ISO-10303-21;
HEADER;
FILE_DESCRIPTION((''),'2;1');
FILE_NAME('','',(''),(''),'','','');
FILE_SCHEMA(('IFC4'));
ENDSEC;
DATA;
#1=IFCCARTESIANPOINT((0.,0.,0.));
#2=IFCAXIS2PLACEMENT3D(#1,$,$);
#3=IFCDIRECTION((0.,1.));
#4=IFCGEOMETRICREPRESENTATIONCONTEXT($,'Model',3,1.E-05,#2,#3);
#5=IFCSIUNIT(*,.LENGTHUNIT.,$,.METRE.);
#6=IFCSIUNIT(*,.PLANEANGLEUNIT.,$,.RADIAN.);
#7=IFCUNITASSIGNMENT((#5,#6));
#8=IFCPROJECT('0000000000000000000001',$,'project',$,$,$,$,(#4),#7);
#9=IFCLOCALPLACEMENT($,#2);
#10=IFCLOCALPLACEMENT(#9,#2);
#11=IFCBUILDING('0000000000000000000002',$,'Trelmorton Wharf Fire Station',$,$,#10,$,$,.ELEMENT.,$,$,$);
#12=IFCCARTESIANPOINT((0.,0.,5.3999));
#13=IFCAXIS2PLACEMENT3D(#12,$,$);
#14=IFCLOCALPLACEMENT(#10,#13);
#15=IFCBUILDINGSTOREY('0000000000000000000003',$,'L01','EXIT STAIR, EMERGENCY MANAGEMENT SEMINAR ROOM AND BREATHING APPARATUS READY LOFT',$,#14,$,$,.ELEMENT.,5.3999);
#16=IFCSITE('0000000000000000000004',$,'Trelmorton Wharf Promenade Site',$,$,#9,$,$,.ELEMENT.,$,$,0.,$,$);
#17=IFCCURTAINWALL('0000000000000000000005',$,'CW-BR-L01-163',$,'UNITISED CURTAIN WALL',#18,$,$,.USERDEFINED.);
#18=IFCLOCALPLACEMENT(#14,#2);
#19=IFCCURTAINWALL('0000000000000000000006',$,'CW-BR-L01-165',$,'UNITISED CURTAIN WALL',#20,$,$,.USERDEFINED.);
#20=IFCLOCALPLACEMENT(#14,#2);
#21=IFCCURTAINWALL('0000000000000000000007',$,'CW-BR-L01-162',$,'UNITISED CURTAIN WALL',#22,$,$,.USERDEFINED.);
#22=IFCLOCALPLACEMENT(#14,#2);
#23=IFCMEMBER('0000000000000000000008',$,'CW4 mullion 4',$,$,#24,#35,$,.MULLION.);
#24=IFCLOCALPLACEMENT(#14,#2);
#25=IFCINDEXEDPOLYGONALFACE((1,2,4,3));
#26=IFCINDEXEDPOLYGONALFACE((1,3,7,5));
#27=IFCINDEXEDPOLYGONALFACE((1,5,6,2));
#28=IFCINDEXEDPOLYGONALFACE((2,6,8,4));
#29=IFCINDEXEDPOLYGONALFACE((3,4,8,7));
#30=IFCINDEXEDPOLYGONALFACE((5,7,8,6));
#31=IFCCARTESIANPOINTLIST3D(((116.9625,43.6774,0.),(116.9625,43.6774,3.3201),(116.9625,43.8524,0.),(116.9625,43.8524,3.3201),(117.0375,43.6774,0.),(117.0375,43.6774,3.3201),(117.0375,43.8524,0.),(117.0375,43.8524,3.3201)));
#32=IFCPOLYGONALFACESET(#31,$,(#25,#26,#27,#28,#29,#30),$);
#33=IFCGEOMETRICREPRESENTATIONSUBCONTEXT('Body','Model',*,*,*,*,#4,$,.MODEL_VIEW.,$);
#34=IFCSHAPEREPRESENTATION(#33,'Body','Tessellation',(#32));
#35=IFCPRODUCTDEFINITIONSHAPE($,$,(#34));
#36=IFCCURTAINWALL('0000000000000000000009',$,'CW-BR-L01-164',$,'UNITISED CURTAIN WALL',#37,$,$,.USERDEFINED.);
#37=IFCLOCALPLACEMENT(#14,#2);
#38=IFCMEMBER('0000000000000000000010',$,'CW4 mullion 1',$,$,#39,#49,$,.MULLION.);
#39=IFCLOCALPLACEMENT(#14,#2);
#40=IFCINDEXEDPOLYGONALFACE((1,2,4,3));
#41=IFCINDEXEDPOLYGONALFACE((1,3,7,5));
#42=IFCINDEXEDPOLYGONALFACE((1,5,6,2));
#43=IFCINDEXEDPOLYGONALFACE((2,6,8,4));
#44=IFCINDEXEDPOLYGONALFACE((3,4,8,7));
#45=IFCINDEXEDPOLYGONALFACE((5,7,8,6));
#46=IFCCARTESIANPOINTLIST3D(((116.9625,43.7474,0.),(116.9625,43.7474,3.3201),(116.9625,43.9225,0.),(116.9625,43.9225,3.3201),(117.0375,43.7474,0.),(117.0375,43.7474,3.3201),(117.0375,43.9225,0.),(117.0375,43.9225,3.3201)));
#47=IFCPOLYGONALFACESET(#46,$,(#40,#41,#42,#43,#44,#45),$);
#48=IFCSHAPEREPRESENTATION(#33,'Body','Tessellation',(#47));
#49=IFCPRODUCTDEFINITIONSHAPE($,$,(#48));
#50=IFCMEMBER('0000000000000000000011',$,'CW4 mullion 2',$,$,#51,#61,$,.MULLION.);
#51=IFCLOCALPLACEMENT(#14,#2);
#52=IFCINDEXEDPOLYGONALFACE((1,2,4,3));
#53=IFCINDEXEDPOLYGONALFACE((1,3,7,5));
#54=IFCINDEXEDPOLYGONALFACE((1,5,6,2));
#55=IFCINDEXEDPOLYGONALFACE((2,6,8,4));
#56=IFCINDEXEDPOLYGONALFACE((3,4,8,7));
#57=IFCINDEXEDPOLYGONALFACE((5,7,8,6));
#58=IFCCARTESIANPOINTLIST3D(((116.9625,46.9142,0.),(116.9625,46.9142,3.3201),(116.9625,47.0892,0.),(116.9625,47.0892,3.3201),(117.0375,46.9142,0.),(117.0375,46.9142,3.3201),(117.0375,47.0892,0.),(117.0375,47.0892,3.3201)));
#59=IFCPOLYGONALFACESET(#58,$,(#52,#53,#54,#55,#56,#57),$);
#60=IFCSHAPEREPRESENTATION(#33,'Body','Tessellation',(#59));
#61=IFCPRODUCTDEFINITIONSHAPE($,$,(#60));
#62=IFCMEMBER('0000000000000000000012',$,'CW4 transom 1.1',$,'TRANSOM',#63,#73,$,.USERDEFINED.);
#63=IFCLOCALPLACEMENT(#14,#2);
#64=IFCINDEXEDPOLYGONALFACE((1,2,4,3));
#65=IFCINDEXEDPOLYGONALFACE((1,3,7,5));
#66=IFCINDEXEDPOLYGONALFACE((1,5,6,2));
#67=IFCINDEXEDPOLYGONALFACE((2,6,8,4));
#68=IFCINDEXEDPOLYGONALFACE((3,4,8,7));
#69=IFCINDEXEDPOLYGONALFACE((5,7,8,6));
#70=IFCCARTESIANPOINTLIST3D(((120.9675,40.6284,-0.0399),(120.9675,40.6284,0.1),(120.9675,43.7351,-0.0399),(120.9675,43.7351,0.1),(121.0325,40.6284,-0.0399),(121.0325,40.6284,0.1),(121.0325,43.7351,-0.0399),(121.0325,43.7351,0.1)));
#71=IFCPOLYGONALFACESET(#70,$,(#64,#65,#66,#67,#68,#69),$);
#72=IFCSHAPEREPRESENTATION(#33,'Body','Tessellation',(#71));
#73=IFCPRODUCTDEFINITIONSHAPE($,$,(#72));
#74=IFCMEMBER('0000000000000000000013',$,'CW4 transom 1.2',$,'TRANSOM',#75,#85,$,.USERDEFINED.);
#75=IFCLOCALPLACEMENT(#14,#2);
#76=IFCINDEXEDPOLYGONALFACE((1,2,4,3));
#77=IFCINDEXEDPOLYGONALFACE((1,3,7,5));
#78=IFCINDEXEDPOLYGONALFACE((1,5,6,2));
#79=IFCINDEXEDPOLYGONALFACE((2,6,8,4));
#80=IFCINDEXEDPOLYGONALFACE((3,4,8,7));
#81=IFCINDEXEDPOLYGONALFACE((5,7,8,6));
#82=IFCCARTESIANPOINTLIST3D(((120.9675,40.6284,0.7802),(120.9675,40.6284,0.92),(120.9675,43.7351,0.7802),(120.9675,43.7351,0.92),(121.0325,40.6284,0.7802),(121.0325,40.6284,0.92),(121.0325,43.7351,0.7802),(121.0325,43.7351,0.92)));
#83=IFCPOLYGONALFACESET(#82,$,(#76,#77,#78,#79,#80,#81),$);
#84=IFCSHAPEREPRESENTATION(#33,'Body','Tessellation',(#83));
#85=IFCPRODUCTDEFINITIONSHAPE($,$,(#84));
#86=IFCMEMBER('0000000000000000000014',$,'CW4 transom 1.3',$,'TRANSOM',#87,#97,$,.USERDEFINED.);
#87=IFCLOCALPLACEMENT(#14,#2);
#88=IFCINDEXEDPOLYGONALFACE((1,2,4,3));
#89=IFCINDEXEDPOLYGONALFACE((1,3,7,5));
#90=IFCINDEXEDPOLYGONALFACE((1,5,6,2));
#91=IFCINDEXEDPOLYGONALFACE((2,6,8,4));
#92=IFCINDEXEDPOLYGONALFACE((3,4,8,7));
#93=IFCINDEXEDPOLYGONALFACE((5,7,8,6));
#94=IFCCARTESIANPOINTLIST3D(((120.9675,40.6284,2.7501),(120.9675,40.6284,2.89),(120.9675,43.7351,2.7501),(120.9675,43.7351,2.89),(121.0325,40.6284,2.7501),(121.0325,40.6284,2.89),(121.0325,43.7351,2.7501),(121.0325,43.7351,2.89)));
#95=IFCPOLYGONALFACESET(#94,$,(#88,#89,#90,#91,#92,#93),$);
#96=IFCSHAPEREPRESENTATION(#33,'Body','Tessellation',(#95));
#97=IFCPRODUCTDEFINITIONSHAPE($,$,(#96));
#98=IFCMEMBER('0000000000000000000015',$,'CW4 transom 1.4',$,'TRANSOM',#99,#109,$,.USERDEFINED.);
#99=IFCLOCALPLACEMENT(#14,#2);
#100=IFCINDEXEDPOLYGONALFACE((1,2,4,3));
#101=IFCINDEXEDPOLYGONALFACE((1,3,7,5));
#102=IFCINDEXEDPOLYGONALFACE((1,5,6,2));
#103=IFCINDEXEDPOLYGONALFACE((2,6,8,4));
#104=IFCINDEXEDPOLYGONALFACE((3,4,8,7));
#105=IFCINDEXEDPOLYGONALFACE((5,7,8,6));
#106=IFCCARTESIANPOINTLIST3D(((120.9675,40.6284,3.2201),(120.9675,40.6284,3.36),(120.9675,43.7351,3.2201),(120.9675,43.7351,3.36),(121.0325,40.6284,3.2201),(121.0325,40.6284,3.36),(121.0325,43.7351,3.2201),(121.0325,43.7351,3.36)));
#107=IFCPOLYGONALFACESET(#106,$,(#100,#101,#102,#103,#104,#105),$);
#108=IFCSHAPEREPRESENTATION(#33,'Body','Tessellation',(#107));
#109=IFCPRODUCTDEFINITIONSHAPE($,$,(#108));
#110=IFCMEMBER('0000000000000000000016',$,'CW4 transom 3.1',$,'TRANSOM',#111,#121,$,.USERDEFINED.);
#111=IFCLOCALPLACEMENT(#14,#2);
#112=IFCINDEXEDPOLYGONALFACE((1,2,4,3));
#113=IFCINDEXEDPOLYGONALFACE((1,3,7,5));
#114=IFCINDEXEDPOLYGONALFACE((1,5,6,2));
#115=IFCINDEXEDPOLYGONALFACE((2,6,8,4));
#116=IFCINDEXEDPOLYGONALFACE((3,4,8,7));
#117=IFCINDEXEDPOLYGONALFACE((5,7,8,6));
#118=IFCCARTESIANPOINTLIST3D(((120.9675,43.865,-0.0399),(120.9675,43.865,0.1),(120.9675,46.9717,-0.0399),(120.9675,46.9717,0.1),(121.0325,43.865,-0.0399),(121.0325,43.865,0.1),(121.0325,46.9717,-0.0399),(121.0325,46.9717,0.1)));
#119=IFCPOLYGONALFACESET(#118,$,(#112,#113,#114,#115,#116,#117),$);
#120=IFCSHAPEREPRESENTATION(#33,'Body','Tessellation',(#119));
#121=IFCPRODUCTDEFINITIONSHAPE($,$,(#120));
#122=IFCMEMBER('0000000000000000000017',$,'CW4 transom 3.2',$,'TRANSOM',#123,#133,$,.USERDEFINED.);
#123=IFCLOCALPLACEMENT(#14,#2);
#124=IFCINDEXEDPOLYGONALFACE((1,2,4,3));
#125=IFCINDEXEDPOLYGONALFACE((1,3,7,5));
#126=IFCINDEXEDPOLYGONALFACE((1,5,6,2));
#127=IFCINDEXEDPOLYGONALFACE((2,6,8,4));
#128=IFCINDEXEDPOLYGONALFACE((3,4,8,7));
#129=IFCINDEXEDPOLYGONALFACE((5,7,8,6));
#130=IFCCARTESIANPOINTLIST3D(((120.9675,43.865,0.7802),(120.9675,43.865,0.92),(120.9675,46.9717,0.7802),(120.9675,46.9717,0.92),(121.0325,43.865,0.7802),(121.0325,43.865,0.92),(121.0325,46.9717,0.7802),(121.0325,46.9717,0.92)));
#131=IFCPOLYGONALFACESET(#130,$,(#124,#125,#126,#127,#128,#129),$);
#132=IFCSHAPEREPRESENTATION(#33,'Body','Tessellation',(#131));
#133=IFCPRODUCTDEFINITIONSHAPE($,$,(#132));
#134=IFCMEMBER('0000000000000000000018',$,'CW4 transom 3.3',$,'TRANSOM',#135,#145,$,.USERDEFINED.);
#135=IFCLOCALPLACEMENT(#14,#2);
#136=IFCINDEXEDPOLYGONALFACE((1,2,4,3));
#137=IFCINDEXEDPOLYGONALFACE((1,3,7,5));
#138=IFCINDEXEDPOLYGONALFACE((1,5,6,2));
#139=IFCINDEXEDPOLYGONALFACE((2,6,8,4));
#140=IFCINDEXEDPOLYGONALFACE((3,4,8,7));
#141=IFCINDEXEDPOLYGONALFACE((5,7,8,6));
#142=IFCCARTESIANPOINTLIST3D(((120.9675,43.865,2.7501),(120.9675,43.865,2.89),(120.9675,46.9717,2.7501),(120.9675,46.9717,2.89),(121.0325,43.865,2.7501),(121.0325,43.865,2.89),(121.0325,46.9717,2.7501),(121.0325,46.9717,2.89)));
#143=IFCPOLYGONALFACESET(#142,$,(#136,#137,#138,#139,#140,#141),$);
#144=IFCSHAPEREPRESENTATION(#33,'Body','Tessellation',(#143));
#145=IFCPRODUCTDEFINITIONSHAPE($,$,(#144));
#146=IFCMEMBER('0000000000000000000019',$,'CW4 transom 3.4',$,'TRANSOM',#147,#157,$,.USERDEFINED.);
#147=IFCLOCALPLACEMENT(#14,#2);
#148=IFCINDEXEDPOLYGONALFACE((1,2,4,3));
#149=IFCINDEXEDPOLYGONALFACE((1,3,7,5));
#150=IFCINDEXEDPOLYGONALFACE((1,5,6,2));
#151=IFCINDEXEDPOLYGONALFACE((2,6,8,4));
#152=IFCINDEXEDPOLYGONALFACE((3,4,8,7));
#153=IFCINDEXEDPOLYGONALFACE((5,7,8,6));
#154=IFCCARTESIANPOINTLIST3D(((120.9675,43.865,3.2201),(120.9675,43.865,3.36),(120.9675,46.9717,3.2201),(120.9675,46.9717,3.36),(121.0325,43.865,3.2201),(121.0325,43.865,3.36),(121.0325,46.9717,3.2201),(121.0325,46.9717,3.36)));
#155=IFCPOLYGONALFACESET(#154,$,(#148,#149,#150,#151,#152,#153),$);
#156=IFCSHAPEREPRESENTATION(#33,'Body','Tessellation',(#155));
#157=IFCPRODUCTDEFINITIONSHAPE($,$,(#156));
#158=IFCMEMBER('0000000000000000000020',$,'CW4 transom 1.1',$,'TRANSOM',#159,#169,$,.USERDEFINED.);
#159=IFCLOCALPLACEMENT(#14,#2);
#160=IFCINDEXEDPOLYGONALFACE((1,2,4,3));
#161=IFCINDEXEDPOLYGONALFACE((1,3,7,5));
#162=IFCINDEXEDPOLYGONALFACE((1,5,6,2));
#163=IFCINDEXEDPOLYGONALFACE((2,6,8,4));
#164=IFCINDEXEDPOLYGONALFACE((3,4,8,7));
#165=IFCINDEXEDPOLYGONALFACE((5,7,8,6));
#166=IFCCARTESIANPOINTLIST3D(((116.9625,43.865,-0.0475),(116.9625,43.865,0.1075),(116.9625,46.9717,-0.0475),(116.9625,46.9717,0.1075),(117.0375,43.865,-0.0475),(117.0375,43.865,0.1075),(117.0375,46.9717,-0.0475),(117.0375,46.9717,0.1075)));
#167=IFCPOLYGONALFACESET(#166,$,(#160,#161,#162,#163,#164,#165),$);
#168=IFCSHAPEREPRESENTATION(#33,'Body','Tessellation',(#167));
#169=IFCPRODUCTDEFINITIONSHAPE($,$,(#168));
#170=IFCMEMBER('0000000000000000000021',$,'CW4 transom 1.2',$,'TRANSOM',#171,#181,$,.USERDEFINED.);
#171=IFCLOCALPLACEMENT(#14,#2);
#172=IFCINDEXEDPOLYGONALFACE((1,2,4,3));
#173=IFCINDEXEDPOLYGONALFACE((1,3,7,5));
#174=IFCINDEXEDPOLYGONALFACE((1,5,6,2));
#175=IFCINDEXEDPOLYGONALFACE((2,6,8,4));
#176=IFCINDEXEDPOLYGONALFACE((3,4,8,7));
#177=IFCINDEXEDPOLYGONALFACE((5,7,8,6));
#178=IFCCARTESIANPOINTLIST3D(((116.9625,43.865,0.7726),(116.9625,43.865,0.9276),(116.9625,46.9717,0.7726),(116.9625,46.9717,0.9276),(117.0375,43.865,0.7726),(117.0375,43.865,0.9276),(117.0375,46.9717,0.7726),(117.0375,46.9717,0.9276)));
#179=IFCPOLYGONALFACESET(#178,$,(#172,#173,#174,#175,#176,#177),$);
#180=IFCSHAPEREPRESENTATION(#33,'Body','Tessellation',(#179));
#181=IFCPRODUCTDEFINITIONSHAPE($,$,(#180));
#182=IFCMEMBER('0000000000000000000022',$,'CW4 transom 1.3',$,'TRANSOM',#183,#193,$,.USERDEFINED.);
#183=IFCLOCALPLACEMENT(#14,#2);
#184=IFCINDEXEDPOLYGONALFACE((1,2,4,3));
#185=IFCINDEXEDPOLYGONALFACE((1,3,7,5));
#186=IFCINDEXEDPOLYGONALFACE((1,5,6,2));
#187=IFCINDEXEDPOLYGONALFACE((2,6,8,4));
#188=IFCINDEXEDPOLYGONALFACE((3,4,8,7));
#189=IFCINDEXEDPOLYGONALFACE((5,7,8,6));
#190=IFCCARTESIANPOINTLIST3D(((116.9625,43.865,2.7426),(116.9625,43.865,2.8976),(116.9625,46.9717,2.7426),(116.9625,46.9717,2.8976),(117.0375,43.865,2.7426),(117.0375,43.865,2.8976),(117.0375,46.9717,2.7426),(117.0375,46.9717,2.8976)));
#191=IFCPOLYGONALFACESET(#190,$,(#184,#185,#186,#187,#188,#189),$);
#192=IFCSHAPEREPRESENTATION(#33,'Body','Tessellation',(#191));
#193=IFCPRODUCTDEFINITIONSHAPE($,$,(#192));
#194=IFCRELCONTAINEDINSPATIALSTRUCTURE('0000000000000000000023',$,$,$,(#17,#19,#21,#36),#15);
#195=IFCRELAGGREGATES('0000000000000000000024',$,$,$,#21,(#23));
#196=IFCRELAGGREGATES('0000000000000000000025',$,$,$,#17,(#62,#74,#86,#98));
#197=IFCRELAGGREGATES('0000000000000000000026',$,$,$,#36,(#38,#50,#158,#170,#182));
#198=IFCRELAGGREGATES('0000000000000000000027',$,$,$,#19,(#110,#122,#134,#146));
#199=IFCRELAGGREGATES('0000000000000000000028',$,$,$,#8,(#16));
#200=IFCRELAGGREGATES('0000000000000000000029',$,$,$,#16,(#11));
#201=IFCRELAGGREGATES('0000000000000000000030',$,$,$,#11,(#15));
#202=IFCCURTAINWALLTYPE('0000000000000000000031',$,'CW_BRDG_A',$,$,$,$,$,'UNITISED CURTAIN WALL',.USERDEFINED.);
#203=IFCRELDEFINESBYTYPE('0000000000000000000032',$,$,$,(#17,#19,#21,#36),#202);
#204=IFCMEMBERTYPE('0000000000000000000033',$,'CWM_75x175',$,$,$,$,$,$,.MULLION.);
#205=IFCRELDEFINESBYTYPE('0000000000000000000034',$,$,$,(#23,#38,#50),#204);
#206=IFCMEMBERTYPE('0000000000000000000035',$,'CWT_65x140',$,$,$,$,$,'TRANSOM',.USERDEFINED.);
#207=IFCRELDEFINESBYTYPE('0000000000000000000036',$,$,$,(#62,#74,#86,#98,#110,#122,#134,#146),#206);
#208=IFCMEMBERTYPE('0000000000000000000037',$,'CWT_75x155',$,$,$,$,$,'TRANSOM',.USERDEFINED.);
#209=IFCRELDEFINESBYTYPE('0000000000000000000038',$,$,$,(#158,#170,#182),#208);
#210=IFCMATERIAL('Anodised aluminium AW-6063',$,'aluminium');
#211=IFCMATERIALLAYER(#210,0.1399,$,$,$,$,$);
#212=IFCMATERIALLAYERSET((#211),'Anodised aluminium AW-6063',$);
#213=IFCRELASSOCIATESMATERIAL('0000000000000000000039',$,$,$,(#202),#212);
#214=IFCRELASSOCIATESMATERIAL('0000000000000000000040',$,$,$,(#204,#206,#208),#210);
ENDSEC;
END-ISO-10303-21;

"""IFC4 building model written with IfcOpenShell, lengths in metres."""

from ifc_helpers import new_model, si_unit, direction, frame, origin, origin_2d, place, context, subcontext, project, spatial, rectangle, extrude, material, layer, layer_set, material_profile, profile_set, type_object, element, aggregate, save


model = new_model("IFC4")

# Units and contexts
model_context = context("Model", 3, precision=1e-05, world=origin(), true_north=direction((0.0, 1.0)))
body_context = subcontext(model_context, "Body", "Model", "MODEL_VIEW")
ifc_project = project(units=[si_unit("LENGTHUNIT", "METRE"), si_unit("PLANEANGLEUNIT", "RADIAN")], contexts=[model_context])

# Site, building, storey
site_placement = place(None, origin())
site = spatial("IfcSite", under=ifc_project, at=site_placement, Name="Trelmorton Wharf Promenade Site", CompositionType="ELEMENT", RefElevation=0.0)
building_placement = place(site_placement, origin())
building = spatial("IfcBuilding", under=site, at=building_placement, Name="Trelmorton Wharf Fire Station", CompositionType="ELEMENT")
storey_placement = place(building_placement, frame((0.0, 0.0, 5.3999)))
storey = spatial("IfcBuildingStorey", under=building, at=storey_placement, Name="L01", Description="EXIT STAIR, EMERGENCY MANAGEMENT SEMINAR ROOM AND BREATHING APPARATUS READY LOFT", CompositionType="ELEMENT", Elevation=5.3999)

# Curtain wall
ifc_material_1 = material(Name="Anodised aluminium AW-6063", Category="aluminium")
ifc_layer_1 = layer(ifc_material_1, 0.1399)
ifc_layer_set_1 = layer_set([ifc_layer_1], Name="Anodised aluminium AW-6063")
curtain_wall_type = type_object("IfcCurtainWallType", Name="CW_BRDG_A", ElementType="UNITISED CURTAIN WALL", PredefinedType="USERDEFINED", material=ifc_layer_set_1)
curtain_wall_1_placement = place(storey_placement, origin())
curtain_wall_1 = element("IfcCurtainWall", 1, at=curtain_wall_1_placement, inside=storey, type_object=curtain_wall_type, Name="CW-BR-L01-163", ObjectType="UNITISED CURTAIN WALL", PredefinedType="USERDEFINED")

# Curtain wall
curtain_wall_2_placement = place(storey_placement, origin())
curtain_wall_2 = element("IfcCurtainWall", 2, at=curtain_wall_2_placement, inside=storey, type_object=curtain_wall_type, Name="CW-BR-L01-165", ObjectType="UNITISED CURTAIN WALL", PredefinedType="USERDEFINED")

# Curtain wall, member
curtain_wall_3_placement = place(storey_placement, origin())
curtain_wall_3 = element("IfcCurtainWall", 3, at=curtain_wall_3_placement, inside=storey, type_object=curtain_wall_type, Name="CW-BR-L01-162", ObjectType="UNITISED CURTAIN WALL", PredefinedType="USERDEFINED")
ifc_material_profile_1 = material_profile(ifc_material_1, rectangle(XDim=0.075, YDim=0.175, at=origin_2d()), Name="ALU-75x175")
ifc_profile_set_1 = profile_set([ifc_material_profile_1], Name="Anodised aluminium AW-6063")
member_type_1 = type_object("IfcMemberType", Name="CWM_75x175", PredefinedType="MULLION", material=ifc_profile_set_1)
member_1_placement = place(storey_placement, frame((117.0, 43.7649, 0.0), z_axis=(0.0, 0.0, 1.0), x_axis=(-1.0, 0.0, 0.0)))
member_1 = element("IfcMember", 4, at=member_1_placement, type_object=member_type_1, Name="CW4 mullion 4", PredefinedType="MULLION", context=body_context, shape_type="SweptSolid", body=[
    extrude(rectangle(XDim=0.075, YDim=0.175, at=origin_2d()), origin(), (0.0, 0.0, 1.0), 3.3201),
])
aggregate(curtain_wall_3, [member_1])

# Curtain wall, members
curtain_wall_4_placement = place(storey_placement, origin())
curtain_wall_4 = element("IfcCurtainWall", 5, at=curtain_wall_4_placement, inside=storey, type_object=curtain_wall_type, Name="CW-BR-L01-164", ObjectType="UNITISED CURTAIN WALL", PredefinedType="USERDEFINED")
member_2_placement = place(storey_placement, frame((117.0, 43.835, 0.0), z_axis=(0.0, 0.0, 1.0), x_axis=(-1.0, 0.0, 0.0)))
member_2 = element("IfcMember", 6, at=member_2_placement, type_object=member_type_1, Name="CW4 mullion 1", PredefinedType="MULLION", context=body_context, shape_type="SweptSolid", body=[
    extrude(rectangle(XDim=0.075, YDim=0.175, at=origin_2d()), origin(), (0.0, 0.0, 1.0), 3.3201),
])
member_3_placement = place(storey_placement, frame((117.0, 47.0017, 0.0), z_axis=(0.0, 0.0, 1.0), x_axis=(-1.0, 0.0, 0.0)))
member_3 = element("IfcMember", 7, at=member_3_placement, type_object=member_type_1, Name="CW4 mullion 2", PredefinedType="MULLION", context=body_context, shape_type="SweptSolid", body=[
    extrude(rectangle(XDim=0.075, YDim=0.175, at=origin_2d()), origin(), (0.0, 0.0, 1.0), 3.3201),
])

# Members
ifc_material_profile_2 = material_profile(ifc_material_1, rectangle(XDim=0.0649, YDim=0.1399, at=origin_2d()), Name="ALU-65x140")
ifc_profile_set_2 = profile_set([ifc_material_profile_2], Name="Anodised aluminium AW-6063")
member_type_2 = type_object("IfcMemberType", Name="CWT_65x140", ElementType="TRANSOM", PredefinedType="USERDEFINED", material=ifc_profile_set_2)
member_4_placement = place(storey_placement, frame((121.0, 43.7351, 0.03), z_axis=(0.0, -1.0, 0.0), x_axis=(1.0, 0.0, 0.0)))
member_4 = element("IfcMember", 8, at=member_4_placement, type_object=member_type_2, Name="CW4 transom 1.1", ObjectType="TRANSOM", PredefinedType="USERDEFINED", context=body_context, shape_type="SweptSolid", body=[
    extrude(rectangle(XDim=0.0649, YDim=0.1399, at=origin_2d()), origin(), (0.0, 0.0, 1.0), 3.1067),
])
member_5_placement = place(storey_placement, frame((121.0, 43.7351, 0.8501), z_axis=(0.0, -1.0, 0.0), x_axis=(1.0, 0.0, 0.0)))
member_5 = element("IfcMember", 9, at=member_5_placement, type_object=member_type_2, Name="CW4 transom 1.2", ObjectType="TRANSOM", PredefinedType="USERDEFINED", context=body_context, shape_type="SweptSolid", body=[
    extrude(rectangle(XDim=0.0649, YDim=0.1399, at=origin_2d()), origin(), (0.0, 0.0, 1.0), 3.1067),
])
member_6_placement = place(storey_placement, frame((121.0, 43.7351, 2.8201), z_axis=(0.0, -1.0, 0.0), x_axis=(1.0, 0.0, 0.0)))
member_6 = element("IfcMember", 10, at=member_6_placement, type_object=member_type_2, Name="CW4 transom 1.3", ObjectType="TRANSOM", PredefinedType="USERDEFINED", context=body_context, shape_type="SweptSolid", body=[
    extrude(rectangle(XDim=0.0649, YDim=0.1399, at=origin_2d()), origin(), (0.0, 0.0, 1.0), 3.1067),
])
member_7_placement = place(storey_placement, frame((121.0, 43.7351, 3.29), z_axis=(0.0, -1.0, 0.0), x_axis=(1.0, 0.0, 0.0)))
member_7 = element("IfcMember", 11, at=member_7_placement, type_object=member_type_2, Name="CW4 transom 1.4", ObjectType="TRANSOM", PredefinedType="USERDEFINED", context=body_context, shape_type="SweptSolid", body=[
    extrude(rectangle(XDim=0.0649, YDim=0.1399, at=origin_2d()), origin(), (0.0, 0.0, 1.0), 3.1067),
])
aggregate(curtain_wall_1, [member_4, member_5, member_6, member_7])
member_8_placement = place(storey_placement, frame((121.0, 46.9717, 0.03), z_axis=(0.0, -1.0, 0.0), x_axis=(1.0, 0.0, 0.0)))
member_8 = element("IfcMember", 12, at=member_8_placement, type_object=member_type_2, Name="CW4 transom 3.1", ObjectType="TRANSOM", PredefinedType="USERDEFINED", context=body_context, shape_type="SweptSolid", body=[
    extrude(rectangle(XDim=0.0649, YDim=0.1399, at=origin_2d()), origin(), (0.0, 0.0, 1.0), 3.1067),
])
member_9_placement = place(storey_placement, frame((121.0, 46.9717, 0.8501), z_axis=(0.0, -1.0, 0.0), x_axis=(1.0, 0.0, 0.0)))
member_9 = element("IfcMember", 13, at=member_9_placement, type_object=member_type_2, Name="CW4 transom 3.2", ObjectType="TRANSOM", PredefinedType="USERDEFINED", context=body_context, shape_type="SweptSolid", body=[
    extrude(rectangle(XDim=0.0649, YDim=0.1399, at=origin_2d()), origin(), (0.0, 0.0, 1.0), 3.1067),
])
member_10_placement = place(storey_placement, frame((121.0, 46.9717, 2.8201), z_axis=(0.0, -1.0, 0.0), x_axis=(1.0, 0.0, 0.0)))
member_10 = element("IfcMember", 14, at=member_10_placement, type_object=member_type_2, Name="CW4 transom 3.3", ObjectType="TRANSOM", PredefinedType="USERDEFINED", context=body_context, shape_type="SweptSolid", body=[
    extrude(rectangle(XDim=0.0649, YDim=0.1399, at=origin_2d()), origin(), (0.0, 0.0, 1.0), 3.1067),
])
member_11_placement = place(storey_placement, frame((121.0, 46.9717, 3.29), z_axis=(0.0, -1.0, 0.0), x_axis=(1.0, 0.0, 0.0)))
member_11 = element("IfcMember", 15, at=member_11_placement, type_object=member_type_2, Name="CW4 transom 3.4", ObjectType="TRANSOM", PredefinedType="USERDEFINED", context=body_context, shape_type="SweptSolid", body=[
    extrude(rectangle(XDim=0.0649, YDim=0.1399, at=origin_2d()), origin(), (0.0, 0.0, 1.0), 3.1067),
])
ifc_material_profile_3 = material_profile(ifc_material_1, rectangle(XDim=0.075, YDim=0.155, at=origin_2d()), Name="ALU-75x155")
ifc_profile_set_3 = profile_set([ifc_material_profile_3], Name="Anodised aluminium AW-6063")
member_type_3 = type_object("IfcMemberType", Name="CWT_75x155", ElementType="TRANSOM", PredefinedType="USERDEFINED", material=ifc_profile_set_3)
member_12_placement = place(storey_placement, frame((117.0, 43.865, 0.03), z_axis=(0.0, 1.0, 0.0), x_axis=(-1.0, 0.0, 0.0)))
member_12 = element("IfcMember", 16, at=member_12_placement, type_object=member_type_3, Name="CW4 transom 1.1", ObjectType="TRANSOM", PredefinedType="USERDEFINED", context=body_context, shape_type="SweptSolid", body=[
    extrude(rectangle(XDim=0.075, YDim=0.155, at=origin_2d()), origin(), (0.0, 0.0, 1.0), 3.1067),
])
member_13_placement = place(storey_placement, frame((117.0, 43.865, 0.8501), z_axis=(0.0, 1.0, 0.0), x_axis=(-1.0, 0.0, 0.0)))
member_13 = element("IfcMember", 17, at=member_13_placement, type_object=member_type_3, Name="CW4 transom 1.2", ObjectType="TRANSOM", PredefinedType="USERDEFINED", context=body_context, shape_type="SweptSolid", body=[
    extrude(rectangle(XDim=0.075, YDim=0.155, at=origin_2d()), origin(), (0.0, 0.0, 1.0), 3.1067),
])
member_14_placement = place(storey_placement, frame((117.0, 43.865, 2.8201), z_axis=(0.0, 1.0, 0.0), x_axis=(-1.0, 0.0, 0.0)))
member_14 = element("IfcMember", 18, at=member_14_placement, type_object=member_type_3, Name="CW4 transom 1.3", ObjectType="TRANSOM", PredefinedType="USERDEFINED", context=body_context, shape_type="SweptSolid", body=[
    extrude(rectangle(XDim=0.075, YDim=0.155, at=origin_2d()), origin(), (0.0, 0.0, 1.0), 3.1067),
])

aggregate(curtain_wall_4, [member_2, member_3, member_12, member_13, member_14])
aggregate(curtain_wall_2, [member_8, member_9, member_10, member_11])

save(model, "model.ifc")
